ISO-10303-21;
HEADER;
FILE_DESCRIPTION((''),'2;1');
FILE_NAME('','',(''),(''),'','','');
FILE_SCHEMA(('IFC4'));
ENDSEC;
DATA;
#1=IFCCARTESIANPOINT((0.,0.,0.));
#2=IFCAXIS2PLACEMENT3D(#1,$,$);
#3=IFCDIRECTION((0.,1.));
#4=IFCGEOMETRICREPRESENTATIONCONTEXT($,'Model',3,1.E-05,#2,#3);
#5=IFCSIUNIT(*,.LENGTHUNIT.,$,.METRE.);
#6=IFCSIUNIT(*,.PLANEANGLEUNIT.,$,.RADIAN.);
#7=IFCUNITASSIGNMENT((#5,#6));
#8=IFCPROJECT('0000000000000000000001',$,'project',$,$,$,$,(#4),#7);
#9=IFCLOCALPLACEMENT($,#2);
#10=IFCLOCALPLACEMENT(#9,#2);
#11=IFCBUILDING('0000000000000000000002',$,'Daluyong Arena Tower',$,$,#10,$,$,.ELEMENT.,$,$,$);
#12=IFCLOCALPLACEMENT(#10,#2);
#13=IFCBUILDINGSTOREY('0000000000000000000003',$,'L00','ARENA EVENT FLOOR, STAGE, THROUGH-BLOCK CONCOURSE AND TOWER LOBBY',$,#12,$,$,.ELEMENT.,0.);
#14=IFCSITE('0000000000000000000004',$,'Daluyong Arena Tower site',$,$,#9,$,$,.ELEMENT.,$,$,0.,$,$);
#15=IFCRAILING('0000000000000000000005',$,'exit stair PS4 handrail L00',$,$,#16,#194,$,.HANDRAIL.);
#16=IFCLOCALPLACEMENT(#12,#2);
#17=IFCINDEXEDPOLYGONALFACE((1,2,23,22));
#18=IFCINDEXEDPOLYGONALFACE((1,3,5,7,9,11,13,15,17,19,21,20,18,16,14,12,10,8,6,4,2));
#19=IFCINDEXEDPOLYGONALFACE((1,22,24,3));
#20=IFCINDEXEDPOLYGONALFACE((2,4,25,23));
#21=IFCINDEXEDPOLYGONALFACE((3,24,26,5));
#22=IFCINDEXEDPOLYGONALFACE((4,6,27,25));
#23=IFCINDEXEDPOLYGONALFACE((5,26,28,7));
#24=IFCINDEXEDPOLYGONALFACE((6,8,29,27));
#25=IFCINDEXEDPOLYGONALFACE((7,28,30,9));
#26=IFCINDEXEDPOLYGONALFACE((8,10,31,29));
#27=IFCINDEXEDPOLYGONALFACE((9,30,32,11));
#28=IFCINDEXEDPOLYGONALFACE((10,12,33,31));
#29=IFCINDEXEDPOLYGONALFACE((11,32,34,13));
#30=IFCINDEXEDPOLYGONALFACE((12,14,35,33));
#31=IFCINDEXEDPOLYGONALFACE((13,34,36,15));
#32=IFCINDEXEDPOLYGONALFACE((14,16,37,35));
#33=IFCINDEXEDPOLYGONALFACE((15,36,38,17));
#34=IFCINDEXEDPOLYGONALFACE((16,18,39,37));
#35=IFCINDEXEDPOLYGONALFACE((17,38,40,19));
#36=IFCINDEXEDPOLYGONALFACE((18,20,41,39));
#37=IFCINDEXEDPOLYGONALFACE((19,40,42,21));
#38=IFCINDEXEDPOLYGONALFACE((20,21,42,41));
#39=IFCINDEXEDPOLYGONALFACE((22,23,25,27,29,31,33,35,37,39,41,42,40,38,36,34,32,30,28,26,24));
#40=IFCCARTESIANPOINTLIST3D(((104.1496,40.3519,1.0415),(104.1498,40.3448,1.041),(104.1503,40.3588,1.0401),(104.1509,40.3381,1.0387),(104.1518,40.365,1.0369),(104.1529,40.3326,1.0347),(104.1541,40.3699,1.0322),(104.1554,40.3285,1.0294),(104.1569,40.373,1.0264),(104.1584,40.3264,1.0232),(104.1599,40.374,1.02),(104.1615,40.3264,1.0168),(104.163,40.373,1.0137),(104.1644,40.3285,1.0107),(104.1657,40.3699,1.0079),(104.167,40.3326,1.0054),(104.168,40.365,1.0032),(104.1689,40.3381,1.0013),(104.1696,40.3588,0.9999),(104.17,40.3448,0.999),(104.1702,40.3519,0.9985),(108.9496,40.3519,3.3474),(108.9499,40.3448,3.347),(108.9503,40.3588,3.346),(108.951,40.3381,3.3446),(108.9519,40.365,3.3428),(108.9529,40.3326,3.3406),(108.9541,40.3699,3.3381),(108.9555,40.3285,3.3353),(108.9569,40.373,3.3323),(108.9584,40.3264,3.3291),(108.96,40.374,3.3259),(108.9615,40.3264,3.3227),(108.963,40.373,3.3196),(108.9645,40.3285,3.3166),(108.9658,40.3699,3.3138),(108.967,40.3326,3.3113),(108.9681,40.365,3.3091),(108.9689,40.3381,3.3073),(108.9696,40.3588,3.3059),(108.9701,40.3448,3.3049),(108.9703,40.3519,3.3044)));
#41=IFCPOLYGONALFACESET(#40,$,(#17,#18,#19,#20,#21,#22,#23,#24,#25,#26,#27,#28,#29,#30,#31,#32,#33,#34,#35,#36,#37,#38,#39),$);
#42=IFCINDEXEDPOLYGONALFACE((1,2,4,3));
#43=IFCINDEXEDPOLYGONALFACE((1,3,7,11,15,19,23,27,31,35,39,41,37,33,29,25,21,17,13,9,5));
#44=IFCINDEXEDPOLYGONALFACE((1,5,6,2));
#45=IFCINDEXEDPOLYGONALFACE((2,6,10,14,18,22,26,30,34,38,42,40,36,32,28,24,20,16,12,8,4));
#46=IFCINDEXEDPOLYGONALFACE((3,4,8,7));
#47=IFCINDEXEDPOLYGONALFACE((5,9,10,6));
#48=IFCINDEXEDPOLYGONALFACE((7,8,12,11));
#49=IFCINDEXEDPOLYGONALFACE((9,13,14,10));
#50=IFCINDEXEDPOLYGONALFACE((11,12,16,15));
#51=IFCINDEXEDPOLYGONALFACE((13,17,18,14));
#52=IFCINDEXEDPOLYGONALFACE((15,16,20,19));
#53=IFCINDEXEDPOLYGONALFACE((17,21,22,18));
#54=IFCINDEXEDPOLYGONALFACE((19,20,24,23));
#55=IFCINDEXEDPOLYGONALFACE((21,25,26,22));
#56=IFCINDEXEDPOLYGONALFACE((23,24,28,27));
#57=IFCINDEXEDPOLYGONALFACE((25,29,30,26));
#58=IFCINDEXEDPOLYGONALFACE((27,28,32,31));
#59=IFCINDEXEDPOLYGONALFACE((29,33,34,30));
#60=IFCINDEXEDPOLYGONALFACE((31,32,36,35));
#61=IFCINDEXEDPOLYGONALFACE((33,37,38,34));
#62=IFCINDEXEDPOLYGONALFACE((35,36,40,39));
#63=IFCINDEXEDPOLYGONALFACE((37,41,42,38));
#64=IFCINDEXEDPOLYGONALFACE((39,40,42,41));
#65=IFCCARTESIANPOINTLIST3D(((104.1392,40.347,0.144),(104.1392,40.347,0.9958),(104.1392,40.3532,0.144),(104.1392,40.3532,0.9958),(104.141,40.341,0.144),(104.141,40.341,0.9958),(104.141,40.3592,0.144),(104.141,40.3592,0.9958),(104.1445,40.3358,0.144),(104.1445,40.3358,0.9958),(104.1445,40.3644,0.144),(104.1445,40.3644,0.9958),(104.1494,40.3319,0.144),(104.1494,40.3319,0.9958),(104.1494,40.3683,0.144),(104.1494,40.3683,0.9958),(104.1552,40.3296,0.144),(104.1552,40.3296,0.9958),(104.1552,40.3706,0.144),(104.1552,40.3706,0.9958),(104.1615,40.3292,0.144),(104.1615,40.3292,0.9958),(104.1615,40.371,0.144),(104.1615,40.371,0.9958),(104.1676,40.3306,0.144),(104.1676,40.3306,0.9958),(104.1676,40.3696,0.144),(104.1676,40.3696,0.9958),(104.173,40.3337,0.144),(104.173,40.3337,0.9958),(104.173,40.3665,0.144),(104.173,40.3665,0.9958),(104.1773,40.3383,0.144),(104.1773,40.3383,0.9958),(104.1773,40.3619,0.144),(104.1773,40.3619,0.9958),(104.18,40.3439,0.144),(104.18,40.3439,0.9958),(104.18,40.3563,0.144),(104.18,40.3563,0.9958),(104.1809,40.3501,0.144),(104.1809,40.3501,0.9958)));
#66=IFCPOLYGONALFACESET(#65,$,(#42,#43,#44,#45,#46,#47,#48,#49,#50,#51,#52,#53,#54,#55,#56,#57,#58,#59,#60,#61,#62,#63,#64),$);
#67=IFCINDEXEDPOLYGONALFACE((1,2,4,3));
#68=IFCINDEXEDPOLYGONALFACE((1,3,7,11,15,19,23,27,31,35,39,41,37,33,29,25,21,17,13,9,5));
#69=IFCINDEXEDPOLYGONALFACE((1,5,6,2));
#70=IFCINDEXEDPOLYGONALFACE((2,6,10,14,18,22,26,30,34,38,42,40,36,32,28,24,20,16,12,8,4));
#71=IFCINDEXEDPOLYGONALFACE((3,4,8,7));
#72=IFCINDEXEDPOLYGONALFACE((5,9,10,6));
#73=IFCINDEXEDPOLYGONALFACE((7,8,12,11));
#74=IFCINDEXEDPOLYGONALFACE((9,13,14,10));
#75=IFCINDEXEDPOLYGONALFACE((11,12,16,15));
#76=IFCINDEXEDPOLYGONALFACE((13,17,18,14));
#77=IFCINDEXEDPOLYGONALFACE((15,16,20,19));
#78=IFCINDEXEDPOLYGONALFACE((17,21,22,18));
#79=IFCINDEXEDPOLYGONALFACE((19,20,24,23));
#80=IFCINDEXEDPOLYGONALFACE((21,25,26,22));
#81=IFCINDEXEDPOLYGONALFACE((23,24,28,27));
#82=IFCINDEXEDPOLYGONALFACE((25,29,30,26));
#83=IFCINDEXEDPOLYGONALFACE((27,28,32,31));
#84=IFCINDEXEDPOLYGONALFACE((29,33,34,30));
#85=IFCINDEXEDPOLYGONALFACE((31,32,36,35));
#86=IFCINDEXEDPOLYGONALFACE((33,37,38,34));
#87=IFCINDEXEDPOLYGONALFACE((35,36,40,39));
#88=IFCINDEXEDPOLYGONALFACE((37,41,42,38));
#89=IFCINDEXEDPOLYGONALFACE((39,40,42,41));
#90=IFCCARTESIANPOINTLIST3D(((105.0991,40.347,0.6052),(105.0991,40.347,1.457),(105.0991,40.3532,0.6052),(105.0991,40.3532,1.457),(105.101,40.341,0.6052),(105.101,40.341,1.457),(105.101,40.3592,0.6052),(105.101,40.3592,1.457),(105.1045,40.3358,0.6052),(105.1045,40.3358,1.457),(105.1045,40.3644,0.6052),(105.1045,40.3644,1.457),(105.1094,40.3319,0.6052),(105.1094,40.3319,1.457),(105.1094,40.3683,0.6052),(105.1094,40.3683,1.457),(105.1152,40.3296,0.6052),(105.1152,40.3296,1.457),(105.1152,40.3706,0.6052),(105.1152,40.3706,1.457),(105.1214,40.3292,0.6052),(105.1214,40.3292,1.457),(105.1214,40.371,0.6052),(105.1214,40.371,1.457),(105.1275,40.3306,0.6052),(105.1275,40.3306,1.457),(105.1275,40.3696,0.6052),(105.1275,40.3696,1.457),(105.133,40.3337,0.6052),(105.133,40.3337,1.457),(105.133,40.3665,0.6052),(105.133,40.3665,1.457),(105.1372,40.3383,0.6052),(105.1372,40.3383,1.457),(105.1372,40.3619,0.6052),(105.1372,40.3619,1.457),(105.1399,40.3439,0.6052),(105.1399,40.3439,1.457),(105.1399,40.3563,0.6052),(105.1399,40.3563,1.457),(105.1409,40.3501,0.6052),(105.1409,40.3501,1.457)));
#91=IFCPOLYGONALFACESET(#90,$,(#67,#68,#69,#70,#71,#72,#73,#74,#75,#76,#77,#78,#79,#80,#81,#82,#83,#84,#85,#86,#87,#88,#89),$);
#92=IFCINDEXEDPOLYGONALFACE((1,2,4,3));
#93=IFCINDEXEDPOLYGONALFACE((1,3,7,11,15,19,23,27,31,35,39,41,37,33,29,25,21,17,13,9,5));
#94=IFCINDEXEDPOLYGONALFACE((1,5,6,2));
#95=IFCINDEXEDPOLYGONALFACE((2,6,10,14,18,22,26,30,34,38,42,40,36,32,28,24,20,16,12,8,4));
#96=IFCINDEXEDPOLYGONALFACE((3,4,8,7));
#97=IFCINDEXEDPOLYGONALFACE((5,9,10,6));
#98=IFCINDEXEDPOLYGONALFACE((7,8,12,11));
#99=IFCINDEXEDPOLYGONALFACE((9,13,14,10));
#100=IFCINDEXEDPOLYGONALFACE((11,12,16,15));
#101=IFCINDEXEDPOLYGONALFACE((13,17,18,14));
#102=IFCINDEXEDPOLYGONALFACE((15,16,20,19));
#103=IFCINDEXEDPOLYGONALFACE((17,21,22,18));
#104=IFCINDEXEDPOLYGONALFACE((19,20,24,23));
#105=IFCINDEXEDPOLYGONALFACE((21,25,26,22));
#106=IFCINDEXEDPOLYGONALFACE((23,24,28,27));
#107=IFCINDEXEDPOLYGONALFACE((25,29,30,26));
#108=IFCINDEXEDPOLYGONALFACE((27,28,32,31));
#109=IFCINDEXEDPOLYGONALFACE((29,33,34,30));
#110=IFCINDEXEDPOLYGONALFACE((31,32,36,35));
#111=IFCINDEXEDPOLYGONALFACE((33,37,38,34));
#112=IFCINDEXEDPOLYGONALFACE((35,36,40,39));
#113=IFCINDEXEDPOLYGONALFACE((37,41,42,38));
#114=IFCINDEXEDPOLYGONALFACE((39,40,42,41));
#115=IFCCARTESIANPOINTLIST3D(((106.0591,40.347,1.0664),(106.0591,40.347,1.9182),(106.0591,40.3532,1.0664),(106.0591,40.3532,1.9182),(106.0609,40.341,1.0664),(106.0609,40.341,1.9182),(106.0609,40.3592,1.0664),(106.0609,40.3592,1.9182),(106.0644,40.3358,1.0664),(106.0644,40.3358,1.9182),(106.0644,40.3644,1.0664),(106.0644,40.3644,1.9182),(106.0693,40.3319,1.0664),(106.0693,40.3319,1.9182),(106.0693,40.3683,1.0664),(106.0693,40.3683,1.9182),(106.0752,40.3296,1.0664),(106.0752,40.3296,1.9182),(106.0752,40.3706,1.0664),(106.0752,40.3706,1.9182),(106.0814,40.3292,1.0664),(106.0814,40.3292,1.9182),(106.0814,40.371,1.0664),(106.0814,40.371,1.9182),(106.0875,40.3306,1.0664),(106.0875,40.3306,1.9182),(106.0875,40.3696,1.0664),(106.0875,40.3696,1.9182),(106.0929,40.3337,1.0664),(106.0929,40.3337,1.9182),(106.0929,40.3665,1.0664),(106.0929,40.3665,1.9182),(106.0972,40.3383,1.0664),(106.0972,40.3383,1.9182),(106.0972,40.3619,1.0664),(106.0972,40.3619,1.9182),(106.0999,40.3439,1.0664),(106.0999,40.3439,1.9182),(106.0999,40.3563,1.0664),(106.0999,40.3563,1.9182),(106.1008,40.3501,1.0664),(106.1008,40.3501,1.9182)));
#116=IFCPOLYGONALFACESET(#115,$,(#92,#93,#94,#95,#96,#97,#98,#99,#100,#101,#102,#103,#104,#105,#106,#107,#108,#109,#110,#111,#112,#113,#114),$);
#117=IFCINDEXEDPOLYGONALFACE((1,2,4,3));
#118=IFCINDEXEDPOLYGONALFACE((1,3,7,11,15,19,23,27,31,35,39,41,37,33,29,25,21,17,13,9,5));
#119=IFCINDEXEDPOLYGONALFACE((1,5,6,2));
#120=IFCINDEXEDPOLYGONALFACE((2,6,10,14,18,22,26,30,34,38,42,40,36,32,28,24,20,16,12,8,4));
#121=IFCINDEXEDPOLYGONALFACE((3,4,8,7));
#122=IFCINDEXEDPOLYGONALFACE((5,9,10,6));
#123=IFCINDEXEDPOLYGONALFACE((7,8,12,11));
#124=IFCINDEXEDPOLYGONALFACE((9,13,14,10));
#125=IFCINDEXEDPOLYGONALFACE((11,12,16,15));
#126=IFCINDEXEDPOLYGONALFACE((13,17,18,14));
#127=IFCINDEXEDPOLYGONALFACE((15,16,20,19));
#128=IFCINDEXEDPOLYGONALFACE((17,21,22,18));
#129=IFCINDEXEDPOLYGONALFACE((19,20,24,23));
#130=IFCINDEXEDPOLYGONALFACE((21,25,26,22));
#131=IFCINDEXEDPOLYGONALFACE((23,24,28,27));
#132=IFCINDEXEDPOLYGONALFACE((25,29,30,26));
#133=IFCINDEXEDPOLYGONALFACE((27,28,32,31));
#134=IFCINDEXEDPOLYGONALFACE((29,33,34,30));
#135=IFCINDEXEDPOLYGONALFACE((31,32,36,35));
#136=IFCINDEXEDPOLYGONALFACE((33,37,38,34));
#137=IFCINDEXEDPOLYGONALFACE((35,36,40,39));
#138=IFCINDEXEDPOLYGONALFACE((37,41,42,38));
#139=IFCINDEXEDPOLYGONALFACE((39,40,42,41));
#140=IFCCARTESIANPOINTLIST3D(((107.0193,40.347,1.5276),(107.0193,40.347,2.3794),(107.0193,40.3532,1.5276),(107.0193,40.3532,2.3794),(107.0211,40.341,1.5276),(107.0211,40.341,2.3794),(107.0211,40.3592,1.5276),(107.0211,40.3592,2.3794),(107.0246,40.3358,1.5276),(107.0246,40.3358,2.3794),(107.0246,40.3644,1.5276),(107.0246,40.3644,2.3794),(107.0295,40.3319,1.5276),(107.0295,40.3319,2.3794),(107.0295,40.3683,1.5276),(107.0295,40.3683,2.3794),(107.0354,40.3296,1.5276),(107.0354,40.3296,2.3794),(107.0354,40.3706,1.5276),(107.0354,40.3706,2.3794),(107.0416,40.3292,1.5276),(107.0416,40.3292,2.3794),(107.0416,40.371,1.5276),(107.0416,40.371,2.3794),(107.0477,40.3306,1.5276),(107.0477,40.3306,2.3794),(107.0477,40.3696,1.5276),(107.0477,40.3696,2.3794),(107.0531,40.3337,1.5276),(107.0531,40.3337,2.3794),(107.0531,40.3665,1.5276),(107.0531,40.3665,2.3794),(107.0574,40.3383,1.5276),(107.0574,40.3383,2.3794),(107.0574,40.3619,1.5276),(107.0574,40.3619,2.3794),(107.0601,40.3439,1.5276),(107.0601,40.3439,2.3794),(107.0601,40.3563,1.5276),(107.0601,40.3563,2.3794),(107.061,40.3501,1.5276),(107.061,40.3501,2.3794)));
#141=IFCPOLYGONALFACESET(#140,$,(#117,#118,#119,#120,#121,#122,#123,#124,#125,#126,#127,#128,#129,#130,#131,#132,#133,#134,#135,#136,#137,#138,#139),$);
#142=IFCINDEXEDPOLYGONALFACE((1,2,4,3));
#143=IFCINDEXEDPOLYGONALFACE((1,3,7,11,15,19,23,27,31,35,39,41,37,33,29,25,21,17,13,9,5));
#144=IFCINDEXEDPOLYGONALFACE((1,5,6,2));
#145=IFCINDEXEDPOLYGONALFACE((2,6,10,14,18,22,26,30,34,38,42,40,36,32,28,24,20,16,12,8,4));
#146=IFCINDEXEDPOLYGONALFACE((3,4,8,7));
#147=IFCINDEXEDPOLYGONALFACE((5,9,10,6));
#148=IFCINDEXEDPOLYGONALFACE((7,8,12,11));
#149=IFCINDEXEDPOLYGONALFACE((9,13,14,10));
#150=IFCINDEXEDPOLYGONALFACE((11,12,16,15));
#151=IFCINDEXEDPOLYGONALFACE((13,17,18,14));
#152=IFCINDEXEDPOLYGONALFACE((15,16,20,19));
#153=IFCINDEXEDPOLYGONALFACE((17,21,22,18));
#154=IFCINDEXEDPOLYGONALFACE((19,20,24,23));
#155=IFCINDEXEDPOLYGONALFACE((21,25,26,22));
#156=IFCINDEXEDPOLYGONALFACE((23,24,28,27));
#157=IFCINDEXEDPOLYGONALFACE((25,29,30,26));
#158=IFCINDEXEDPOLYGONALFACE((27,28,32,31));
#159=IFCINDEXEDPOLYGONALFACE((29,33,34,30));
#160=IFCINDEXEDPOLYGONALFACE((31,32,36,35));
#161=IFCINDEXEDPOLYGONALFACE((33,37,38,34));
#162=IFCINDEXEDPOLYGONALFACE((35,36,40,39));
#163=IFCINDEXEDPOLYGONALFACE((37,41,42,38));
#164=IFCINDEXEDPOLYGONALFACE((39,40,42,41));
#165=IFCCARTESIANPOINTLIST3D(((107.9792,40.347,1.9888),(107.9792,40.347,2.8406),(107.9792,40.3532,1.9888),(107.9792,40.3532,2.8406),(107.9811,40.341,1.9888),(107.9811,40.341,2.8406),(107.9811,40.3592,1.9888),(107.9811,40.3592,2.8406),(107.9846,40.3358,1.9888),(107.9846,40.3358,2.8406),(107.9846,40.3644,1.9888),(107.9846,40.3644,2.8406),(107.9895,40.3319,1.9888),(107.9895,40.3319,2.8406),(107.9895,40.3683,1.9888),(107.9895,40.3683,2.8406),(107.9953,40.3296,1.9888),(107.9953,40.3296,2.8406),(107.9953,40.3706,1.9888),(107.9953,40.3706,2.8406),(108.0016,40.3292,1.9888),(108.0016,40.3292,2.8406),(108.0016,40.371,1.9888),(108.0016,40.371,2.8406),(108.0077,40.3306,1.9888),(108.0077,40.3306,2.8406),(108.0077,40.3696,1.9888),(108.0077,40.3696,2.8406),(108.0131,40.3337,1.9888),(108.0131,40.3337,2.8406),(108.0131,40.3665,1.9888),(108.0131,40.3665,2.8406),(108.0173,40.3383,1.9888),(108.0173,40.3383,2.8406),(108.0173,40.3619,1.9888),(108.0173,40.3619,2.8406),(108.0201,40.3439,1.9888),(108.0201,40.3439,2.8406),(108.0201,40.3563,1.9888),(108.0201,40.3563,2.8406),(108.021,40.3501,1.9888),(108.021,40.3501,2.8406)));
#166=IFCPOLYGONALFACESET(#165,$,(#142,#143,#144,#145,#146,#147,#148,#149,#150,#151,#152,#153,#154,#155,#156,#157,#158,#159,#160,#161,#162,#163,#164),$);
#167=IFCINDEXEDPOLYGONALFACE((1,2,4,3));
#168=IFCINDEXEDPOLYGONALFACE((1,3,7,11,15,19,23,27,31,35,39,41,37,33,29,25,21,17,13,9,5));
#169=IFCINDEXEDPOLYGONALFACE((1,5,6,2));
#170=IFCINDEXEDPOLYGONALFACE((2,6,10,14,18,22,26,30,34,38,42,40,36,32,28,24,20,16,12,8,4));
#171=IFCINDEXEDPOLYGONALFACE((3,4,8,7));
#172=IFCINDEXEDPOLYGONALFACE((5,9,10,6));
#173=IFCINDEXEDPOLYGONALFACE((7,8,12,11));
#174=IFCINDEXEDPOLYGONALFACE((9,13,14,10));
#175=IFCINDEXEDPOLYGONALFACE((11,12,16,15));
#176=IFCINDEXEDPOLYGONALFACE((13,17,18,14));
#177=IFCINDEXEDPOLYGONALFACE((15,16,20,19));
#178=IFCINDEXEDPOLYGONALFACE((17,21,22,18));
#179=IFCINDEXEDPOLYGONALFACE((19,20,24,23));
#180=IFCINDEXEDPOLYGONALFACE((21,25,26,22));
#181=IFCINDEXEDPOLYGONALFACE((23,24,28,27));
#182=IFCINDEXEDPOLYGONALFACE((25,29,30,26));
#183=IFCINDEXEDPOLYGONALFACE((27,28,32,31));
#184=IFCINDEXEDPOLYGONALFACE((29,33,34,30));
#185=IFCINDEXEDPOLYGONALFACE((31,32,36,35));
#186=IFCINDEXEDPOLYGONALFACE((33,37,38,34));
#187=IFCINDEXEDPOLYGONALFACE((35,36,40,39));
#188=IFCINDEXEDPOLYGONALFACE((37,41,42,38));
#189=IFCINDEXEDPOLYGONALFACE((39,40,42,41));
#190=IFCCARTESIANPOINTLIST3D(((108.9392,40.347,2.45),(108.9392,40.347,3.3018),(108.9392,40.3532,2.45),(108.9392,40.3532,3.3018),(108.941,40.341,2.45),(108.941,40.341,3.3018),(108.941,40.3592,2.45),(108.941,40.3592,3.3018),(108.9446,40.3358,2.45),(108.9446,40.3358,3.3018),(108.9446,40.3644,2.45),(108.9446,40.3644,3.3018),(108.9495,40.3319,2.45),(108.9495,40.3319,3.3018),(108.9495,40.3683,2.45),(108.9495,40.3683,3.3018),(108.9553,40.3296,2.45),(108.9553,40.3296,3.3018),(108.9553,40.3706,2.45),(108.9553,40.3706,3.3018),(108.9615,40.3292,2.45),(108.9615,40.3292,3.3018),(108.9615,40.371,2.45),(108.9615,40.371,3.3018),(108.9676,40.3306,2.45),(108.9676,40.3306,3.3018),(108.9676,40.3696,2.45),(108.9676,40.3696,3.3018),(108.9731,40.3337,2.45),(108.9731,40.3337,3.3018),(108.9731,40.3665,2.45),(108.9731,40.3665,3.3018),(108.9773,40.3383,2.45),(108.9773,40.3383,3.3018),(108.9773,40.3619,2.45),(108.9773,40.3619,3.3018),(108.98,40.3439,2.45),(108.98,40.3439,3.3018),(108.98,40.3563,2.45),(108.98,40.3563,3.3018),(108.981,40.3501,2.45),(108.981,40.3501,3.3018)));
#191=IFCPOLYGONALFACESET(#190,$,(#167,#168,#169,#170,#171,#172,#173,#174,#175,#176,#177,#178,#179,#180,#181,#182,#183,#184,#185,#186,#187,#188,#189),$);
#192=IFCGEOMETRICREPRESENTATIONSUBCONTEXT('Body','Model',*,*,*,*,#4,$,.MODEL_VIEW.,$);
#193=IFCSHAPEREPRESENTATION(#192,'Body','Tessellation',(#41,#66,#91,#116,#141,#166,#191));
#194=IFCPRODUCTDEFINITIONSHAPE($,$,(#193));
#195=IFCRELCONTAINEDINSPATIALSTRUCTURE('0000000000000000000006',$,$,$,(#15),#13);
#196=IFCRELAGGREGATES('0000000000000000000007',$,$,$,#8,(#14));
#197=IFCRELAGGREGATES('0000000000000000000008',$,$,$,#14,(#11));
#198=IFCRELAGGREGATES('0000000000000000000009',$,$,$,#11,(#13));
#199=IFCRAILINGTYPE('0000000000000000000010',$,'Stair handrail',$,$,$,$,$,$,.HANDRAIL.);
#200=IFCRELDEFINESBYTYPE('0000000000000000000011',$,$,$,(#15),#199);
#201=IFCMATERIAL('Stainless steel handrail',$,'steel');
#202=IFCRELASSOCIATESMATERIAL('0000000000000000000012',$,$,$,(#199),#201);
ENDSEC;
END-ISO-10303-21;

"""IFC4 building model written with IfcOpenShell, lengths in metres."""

from ifc_helpers import new_model, si_unit, direction, frame, origin, origin_2d, place, context, subcontext, project, spatial, circle, extrude, material, type_object, element, save


model = new_model("IFC4")

# Units and contexts
model_context = context("Model", 3, precision=1e-05, world=origin(), true_north=direction((0.0, 1.0)))
body_context = subcontext(model_context, "Body", "Model", "MODEL_VIEW")
ifc_project = project(units=[si_unit("LENGTHUNIT", "METRE"), si_unit("PLANEANGLEUNIT", "RADIAN")], contexts=[model_context])

# Site, building, storey
site_placement = place(None, origin())
site = spatial("IfcSite", under=ifc_project, at=site_placement, Name="Daluyong Arena Tower site", CompositionType="ELEMENT", RefElevation=0.0)
building_placement = place(site_placement, origin())
building = spatial("IfcBuilding", under=site, at=building_placement, Name="Daluyong Arena Tower", CompositionType="ELEMENT")
storey_placement = place(building_placement, origin())
storey = spatial("IfcBuildingStorey", under=building, at=storey_placement, Name="L00", Description="ARENA EVENT FLOOR, STAGE, THROUGH-BLOCK CONCOURSE AND TOWER LOBBY", CompositionType="ELEMENT", Elevation=0.0)

# Railing
ifc_material_1 = material(Name="Stainless steel handrail", Category="steel")
railing_type_1 = type_object("IfcRailingType", Name="Stair handrail", PredefinedType="HANDRAIL", material=ifc_material_1)
railing_1_placement = place(storey_placement, frame((104.1599, 40.3501, 0.144)))
element("IfcRailing", 1, at=railing_1_placement, inside=storey, type_object=railing_type_1, Name="exit stair PS4 handrail L00", PredefinedType="HANDRAIL", context=body_context, shape_type="SweptSolid", body=[
    extrude(circle(Radius=0.0239, at=origin_2d()), frame((0.0, 0.0, 0.876), z_axis=(0.901385, 0.0, 0.433019), x_axis=(0.0, 1.0, 0.0)), (0.0, 0.0, 1.0), 5.3252),
    extrude(circle(Radius=0.021, at=origin_2d()), origin(), (0.0, 0.0, 1.0), 0.8518),
    extrude(circle(Radius=0.021, at=origin_2d()), frame((0.96, 0.0, 0.4612)), (0.0, 0.0, 1.0), 0.8518),
    extrude(circle(Radius=0.021, at=origin_2d()), frame((1.9199, 0.0, 0.9224)), (0.0, 0.0, 1.0), 0.8518),
    extrude(circle(Radius=0.021, at=origin_2d()), frame((2.8801, 0.0, 1.3835)), (0.0, 0.0, 1.0), 0.8518),
    extrude(circle(Radius=0.021, at=origin_2d()), frame((3.8401, 0.0, 1.8447)), (0.0, 0.0, 1.0), 0.8518),
    extrude(circle(Radius=0.021, at=origin_2d()), frame((4.8, 0.0, 2.3059)), (0.0, 0.0, 1.0), 0.8518),
])

save(model, "model.ifc")
